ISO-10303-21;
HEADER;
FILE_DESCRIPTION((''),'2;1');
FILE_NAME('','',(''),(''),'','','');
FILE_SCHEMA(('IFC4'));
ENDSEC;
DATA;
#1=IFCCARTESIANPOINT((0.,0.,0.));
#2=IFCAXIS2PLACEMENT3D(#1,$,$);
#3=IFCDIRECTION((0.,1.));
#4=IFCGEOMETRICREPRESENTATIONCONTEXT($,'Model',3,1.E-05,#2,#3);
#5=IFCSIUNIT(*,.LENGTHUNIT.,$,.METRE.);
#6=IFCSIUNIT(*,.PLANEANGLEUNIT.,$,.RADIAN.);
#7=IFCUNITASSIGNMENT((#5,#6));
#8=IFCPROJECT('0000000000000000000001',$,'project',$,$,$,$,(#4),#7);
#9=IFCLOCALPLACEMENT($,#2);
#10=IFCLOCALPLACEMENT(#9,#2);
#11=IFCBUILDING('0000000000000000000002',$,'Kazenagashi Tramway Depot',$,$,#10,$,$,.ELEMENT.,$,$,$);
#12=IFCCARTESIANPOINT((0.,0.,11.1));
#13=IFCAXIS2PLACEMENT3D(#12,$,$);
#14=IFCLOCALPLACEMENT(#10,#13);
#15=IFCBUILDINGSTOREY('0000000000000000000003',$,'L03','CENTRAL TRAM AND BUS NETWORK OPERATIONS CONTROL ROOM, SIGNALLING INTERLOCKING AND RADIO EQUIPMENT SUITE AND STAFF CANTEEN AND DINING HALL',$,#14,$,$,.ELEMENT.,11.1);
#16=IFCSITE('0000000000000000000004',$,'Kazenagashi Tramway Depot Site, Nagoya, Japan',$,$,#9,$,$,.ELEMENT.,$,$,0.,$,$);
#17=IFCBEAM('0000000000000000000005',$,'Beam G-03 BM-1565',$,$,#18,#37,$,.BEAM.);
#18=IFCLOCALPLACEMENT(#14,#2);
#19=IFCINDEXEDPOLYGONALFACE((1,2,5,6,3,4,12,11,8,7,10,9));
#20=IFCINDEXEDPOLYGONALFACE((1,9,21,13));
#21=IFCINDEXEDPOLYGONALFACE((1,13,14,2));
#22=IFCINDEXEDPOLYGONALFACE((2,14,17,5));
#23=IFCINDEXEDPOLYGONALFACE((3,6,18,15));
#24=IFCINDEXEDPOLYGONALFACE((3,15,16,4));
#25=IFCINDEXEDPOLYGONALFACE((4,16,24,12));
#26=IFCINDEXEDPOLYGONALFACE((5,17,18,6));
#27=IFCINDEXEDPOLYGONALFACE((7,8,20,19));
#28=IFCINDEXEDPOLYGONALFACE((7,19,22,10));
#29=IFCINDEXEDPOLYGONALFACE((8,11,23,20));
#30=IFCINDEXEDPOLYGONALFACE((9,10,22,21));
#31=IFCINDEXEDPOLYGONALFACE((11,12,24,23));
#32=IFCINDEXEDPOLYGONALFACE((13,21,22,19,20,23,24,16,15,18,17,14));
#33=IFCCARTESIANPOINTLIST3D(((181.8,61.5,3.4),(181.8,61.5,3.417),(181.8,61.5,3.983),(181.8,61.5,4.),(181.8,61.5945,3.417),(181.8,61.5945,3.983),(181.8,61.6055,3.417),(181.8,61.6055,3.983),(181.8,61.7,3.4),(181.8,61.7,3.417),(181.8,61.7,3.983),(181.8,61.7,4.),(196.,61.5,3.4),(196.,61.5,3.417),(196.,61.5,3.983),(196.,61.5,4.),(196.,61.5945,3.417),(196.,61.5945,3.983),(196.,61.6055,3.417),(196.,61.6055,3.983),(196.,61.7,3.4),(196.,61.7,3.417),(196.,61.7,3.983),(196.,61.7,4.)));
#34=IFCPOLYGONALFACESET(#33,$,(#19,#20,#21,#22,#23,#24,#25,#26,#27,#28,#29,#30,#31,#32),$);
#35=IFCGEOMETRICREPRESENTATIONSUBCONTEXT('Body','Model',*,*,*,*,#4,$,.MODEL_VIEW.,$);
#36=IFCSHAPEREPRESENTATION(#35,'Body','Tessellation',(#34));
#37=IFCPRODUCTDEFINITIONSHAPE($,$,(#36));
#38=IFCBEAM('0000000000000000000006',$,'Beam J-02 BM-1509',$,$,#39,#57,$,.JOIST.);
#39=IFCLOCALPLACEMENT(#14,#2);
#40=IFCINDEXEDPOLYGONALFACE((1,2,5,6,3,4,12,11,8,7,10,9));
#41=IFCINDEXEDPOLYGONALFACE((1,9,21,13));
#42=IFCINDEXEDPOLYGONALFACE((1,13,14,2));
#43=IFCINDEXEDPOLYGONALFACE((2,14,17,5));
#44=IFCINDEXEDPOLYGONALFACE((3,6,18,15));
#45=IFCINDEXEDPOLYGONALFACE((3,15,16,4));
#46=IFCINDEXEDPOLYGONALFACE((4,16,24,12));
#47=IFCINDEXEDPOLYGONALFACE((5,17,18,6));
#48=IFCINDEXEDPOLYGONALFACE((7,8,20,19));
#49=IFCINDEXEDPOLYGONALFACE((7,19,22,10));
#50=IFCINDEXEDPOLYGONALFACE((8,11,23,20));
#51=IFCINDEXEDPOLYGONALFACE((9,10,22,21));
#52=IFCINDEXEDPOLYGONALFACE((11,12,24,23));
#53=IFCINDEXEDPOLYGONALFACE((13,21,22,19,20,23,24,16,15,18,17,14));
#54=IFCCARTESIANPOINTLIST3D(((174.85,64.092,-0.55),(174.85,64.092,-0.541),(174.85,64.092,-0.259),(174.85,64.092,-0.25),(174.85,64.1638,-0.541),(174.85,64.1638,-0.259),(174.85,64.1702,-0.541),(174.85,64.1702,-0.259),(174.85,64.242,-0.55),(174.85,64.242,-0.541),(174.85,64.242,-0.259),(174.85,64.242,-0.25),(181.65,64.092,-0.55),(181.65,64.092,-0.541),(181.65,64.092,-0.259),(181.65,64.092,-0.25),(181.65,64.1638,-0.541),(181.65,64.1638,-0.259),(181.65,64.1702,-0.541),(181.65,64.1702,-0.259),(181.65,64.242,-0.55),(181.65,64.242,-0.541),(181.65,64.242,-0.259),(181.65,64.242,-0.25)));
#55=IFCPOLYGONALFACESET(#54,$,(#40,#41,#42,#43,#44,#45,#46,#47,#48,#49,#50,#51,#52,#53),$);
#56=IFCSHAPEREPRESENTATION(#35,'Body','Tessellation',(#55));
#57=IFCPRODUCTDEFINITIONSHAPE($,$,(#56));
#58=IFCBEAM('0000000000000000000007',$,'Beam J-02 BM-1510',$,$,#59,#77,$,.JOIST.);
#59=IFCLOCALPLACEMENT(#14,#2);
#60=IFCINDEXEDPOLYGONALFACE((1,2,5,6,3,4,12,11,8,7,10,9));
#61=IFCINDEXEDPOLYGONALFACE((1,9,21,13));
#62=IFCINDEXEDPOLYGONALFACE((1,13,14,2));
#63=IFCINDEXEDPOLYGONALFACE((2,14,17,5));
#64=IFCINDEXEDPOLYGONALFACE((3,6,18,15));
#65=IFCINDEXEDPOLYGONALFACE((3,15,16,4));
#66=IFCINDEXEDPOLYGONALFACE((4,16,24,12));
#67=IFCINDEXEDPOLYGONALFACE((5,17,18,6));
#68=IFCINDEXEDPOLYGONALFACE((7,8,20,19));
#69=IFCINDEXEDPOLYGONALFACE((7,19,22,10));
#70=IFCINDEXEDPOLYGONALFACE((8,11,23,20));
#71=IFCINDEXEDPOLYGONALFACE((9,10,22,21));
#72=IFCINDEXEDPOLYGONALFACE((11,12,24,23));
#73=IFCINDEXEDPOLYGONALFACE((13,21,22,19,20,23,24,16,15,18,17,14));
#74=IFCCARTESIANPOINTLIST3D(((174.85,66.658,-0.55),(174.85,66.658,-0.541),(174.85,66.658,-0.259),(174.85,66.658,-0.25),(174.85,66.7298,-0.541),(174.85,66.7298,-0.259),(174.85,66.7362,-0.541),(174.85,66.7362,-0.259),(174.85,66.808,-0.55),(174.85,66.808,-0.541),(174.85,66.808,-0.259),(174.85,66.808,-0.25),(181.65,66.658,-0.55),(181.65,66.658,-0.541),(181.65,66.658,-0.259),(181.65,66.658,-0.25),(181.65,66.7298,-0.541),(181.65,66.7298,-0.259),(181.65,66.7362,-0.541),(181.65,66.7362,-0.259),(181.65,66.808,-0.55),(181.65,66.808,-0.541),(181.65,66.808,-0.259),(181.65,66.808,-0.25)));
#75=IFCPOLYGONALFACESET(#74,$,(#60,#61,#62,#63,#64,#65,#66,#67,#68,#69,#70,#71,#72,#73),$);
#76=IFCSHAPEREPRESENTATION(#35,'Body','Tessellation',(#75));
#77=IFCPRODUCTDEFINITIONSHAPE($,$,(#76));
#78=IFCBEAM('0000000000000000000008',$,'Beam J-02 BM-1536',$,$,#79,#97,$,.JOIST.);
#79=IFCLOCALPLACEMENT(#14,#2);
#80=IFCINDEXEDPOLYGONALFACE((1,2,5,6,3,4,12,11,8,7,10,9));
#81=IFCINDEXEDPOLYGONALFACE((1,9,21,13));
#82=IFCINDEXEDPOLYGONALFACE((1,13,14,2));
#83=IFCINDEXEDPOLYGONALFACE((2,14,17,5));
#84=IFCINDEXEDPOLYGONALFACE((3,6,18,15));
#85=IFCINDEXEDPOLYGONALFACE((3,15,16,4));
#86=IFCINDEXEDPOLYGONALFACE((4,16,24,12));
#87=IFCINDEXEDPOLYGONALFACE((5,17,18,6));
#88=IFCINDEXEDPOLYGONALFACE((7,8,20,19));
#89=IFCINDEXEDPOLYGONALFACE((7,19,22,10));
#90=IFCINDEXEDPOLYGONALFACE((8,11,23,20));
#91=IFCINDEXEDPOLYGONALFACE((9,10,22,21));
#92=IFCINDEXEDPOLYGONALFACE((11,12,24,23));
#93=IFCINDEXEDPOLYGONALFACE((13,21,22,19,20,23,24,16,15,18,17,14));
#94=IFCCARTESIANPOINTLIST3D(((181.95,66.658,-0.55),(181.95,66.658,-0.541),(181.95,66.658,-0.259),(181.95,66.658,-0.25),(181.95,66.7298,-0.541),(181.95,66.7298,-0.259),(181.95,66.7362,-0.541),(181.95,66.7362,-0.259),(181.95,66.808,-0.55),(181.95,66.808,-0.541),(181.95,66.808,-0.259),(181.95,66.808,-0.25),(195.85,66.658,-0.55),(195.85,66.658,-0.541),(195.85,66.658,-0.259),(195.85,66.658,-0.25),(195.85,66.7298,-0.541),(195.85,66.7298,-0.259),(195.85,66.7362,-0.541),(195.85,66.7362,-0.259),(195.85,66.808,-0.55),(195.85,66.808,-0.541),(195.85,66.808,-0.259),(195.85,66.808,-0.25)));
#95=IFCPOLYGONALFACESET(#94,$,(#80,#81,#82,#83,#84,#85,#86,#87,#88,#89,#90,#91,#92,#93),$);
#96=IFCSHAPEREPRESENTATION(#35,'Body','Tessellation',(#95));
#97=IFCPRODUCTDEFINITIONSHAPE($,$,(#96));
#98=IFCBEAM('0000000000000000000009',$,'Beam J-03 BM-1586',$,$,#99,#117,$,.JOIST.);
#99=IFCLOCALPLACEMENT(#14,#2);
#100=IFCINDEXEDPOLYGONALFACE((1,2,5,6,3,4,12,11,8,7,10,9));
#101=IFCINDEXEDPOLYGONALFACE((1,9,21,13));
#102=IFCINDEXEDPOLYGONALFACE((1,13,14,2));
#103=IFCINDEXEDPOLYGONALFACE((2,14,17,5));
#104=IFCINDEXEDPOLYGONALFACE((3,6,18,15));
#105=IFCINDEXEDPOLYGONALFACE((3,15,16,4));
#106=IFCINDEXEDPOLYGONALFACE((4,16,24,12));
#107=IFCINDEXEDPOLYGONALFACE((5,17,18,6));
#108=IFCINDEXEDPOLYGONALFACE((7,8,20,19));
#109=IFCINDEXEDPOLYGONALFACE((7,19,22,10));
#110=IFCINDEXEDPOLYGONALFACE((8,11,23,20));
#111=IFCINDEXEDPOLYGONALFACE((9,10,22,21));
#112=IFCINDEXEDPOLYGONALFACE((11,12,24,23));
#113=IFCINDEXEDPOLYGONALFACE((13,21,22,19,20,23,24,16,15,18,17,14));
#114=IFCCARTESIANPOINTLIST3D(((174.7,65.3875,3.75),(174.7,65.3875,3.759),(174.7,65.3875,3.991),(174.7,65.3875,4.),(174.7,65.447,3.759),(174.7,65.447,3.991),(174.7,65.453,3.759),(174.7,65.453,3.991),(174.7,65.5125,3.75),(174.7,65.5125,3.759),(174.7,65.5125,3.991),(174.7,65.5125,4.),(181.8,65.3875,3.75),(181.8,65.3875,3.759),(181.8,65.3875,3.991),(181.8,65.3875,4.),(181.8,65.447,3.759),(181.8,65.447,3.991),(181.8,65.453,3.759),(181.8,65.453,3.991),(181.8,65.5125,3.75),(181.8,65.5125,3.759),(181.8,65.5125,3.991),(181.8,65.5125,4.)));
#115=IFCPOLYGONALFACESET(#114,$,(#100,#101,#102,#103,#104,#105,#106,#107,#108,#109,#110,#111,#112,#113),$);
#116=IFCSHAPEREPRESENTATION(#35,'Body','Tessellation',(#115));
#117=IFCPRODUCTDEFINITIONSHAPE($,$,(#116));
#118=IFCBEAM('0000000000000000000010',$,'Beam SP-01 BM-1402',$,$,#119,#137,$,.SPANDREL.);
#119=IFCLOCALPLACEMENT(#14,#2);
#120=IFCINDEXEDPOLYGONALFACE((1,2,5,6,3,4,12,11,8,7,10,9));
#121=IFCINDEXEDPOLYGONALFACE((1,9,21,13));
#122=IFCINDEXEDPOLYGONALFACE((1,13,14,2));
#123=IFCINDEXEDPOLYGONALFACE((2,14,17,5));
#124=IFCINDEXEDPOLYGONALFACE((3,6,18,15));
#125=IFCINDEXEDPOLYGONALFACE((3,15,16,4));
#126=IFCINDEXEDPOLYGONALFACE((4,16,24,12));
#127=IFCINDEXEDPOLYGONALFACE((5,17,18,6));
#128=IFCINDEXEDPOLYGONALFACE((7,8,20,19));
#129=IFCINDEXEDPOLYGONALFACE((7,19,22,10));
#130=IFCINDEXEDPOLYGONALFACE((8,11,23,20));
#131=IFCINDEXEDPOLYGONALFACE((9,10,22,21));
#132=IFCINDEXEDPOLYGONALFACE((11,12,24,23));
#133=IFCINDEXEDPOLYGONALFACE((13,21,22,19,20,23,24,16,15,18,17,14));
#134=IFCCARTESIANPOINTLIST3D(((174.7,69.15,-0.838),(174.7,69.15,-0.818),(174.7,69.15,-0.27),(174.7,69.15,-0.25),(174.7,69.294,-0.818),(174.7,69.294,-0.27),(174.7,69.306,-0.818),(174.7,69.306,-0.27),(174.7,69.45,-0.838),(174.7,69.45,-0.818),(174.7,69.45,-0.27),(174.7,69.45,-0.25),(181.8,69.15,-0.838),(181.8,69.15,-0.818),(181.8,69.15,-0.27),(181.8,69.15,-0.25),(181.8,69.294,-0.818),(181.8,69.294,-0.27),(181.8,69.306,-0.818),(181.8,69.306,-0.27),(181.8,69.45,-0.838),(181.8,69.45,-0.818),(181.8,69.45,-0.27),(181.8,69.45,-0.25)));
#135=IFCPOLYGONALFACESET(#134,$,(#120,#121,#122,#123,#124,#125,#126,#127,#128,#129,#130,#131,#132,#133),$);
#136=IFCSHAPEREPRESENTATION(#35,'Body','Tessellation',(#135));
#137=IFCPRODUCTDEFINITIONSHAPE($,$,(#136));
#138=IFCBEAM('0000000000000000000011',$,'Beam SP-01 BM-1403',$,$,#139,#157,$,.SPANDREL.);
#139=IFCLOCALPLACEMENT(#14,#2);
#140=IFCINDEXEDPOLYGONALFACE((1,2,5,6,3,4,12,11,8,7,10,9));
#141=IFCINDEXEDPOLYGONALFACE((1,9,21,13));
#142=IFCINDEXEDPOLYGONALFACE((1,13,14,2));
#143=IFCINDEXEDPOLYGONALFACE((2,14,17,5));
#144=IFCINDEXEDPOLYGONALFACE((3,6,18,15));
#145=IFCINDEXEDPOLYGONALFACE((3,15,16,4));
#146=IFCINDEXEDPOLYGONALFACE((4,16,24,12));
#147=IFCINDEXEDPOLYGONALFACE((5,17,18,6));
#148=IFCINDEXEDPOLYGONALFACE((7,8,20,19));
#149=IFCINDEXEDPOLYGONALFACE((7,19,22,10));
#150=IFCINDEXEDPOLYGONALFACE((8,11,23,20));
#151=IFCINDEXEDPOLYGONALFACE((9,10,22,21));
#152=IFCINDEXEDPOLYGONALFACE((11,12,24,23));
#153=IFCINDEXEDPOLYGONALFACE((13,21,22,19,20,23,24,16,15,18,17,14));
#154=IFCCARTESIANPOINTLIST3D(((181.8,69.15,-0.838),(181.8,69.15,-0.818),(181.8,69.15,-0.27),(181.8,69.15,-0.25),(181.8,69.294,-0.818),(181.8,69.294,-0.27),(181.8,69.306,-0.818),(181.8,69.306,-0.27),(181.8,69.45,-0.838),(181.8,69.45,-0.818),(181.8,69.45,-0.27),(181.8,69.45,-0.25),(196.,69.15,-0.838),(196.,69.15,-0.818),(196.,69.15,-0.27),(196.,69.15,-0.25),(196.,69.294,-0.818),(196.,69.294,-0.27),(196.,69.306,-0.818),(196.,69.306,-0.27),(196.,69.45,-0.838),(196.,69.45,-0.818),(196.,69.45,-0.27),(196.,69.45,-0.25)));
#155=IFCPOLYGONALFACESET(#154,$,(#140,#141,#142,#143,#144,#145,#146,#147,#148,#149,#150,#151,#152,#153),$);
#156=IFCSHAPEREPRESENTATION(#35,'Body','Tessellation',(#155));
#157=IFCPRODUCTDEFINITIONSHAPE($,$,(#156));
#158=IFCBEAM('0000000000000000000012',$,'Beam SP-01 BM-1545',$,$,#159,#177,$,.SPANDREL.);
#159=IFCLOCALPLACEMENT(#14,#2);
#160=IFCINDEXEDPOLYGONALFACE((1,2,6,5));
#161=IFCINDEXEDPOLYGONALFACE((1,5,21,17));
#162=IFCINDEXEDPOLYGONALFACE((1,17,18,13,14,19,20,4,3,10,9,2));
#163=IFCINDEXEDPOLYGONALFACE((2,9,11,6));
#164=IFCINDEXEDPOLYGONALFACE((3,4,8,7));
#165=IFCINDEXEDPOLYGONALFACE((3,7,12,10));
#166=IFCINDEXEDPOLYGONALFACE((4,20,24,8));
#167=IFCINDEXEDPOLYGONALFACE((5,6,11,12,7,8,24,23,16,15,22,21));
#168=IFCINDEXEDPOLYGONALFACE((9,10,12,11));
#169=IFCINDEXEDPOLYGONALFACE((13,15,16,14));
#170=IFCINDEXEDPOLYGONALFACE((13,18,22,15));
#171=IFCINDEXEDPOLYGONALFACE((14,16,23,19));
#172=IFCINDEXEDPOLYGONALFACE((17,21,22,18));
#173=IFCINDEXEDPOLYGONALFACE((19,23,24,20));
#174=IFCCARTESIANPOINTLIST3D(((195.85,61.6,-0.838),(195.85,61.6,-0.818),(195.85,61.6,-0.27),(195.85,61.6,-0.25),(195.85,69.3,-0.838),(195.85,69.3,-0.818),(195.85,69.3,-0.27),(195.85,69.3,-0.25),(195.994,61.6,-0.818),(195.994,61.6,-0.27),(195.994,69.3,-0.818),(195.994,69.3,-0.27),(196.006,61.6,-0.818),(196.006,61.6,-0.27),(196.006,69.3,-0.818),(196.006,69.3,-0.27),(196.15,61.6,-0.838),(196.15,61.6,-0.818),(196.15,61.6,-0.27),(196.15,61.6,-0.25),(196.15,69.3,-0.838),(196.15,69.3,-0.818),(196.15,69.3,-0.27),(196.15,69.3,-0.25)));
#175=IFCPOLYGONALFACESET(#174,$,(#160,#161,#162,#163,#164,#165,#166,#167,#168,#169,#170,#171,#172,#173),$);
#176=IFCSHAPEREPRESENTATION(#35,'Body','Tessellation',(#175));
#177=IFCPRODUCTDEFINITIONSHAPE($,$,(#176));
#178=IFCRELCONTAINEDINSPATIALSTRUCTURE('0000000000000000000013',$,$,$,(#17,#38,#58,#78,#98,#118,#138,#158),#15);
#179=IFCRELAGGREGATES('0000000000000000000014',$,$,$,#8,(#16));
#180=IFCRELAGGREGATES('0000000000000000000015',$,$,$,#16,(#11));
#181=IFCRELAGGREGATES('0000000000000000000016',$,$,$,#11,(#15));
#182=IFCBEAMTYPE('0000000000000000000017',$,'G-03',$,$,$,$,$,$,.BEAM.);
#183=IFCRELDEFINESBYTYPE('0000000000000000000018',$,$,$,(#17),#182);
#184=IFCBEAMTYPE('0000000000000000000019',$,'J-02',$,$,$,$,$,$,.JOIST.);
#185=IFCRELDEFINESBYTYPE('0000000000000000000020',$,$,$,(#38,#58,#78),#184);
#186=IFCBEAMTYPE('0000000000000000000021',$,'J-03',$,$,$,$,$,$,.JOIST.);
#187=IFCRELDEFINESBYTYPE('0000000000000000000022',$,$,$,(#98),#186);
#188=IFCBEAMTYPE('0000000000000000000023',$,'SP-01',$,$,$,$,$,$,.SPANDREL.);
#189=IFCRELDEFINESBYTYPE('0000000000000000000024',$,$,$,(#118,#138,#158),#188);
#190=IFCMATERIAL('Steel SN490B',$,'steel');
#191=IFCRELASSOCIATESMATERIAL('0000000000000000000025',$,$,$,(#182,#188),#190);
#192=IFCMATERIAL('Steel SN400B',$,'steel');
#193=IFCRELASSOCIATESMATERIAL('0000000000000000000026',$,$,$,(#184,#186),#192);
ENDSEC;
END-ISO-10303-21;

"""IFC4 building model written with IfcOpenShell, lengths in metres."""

from ifc_helpers import new_model, si_unit, direction, frame, origin, origin_2d, place, context, subcontext, project, spatial, i_section, extrude, material, material_profile, profile_set, type_object, element, save


model = new_model("IFC4")

# Units and contexts
model_context = context("Model", 3, precision=1e-05, world=origin(), true_north=direction((0.0, 1.0)))
body_context = subcontext(model_context, "Body", "Model", "MODEL_VIEW")
ifc_project = project(units=[si_unit("LENGTHUNIT", "METRE"), si_unit("PLANEANGLEUNIT", "RADIAN")], contexts=[model_context])

# Site, building, storey
site_placement = place(None, origin())
site = spatial("IfcSite", under=ifc_project, at=site_placement, Name="Kazenagashi Tramway Depot Site, Nagoya, Japan", CompositionType="ELEMENT", RefElevation=0.0)
building_placement = place(site_placement, origin())
building = spatial("IfcBuilding", under=site, at=building_placement, Name="Kazenagashi Tramway Depot", CompositionType="ELEMENT")
storey_placement = place(building_placement, frame((0.0, 0.0, 11.1)))
storey = spatial("IfcBuildingStorey", under=building, at=storey_placement, Name="L03", Description="CENTRAL TRAM AND BUS NETWORK OPERATIONS CONTROL ROOM, SIGNALLING INTERLOCKING AND RADIO EQUIPMENT SUITE AND STAFF CANTEEN AND DINING HALL", CompositionType="ELEMENT", Elevation=11.1)

# Shared definitions
ifc_material_1 = material(Name="Steel SN490B", Category="steel")

# Beams
ifc_material_profile_1 = material_profile(ifc_material_1, i_section(OverallWidth=0.2, OverallDepth=0.6, WebThickness=0.011, FlangeThickness=0.017, at=origin_2d()), Name="H-600x200x11x17")
ifc_profile_set_1 = profile_set([ifc_material_profile_1], Name="Steel SN490B")
beam_type_1 = type_object("IfcBeamType", Name="G-03", PredefinedType="BEAM", material=ifc_profile_set_1)
beam_1_placement = place(storey_placement, frame((181.8, 61.6, 3.7), z_axis=(1.0, 0.0, 0.0), x_axis=(0.0, 1.0, 0.0)))
element("IfcBeam", 1, at=beam_1_placement, inside=storey, type_object=beam_type_1, Name="Beam G-03 BM-1565", PredefinedType="BEAM", context=body_context, shape_type="SweptSolid", body=[
    extrude(i_section(OverallWidth=0.2, OverallDepth=0.6, WebThickness=0.011, FlangeThickness=0.017, at=origin_2d()), origin(), (0.0, 0.0, 1.0), 14.2),
])
ifc_material_2 = material(Name="Steel SN400B", Category="steel")
ifc_material_profile_2 = material_profile(ifc_material_2, i_section(OverallWidth=0.15, OverallDepth=0.3, WebThickness=0.0065, FlangeThickness=0.009, at=origin_2d()), Name="H-300x150x6.5x9")
ifc_profile_set_2 = profile_set([ifc_material_profile_2], Name="Steel SN400B")
beam_type_2 = type_object("IfcBeamType", Name="J-02", PredefinedType="JOIST", material=ifc_profile_set_2)
for number, where, z_axis, x_axis, name in (
    (2, (174.85, 64.167, -0.4), (1.0, 0.0, 0.0), (0.0, 1.0, 0.0), "Beam J-02 BM-1509"),
    (3, (174.85, 66.733, -0.4), (1.0, 0.0, 0.0), (0.0, 1.0, 0.0), "Beam J-02 BM-1510"),
):
    element("IfcBeam", number, at=place(storey_placement, frame(where, z_axis=z_axis, x_axis=x_axis)), inside=storey, type_object=beam_type_2, Name=name, PredefinedType="JOIST", context=body_context, shape_type="SweptSolid", body=[
        extrude(i_section(OverallWidth=0.15, OverallDepth=0.3, WebThickness=0.0065, FlangeThickness=0.009, at=origin_2d()), origin(), (0.0, 0.0, 1.0), 6.8),
    ])
beam_2_placement = place(storey_placement, frame((181.95, 66.733, -0.4), z_axis=(1.0, 0.0, 0.0), x_axis=(0.0, 1.0, 0.0)))
element("IfcBeam", 4, at=beam_2_placement, inside=storey, type_object=beam_type_2, Name="Beam J-02 BM-1536", PredefinedType="JOIST", context=body_context, shape_type="SweptSolid", body=[
    extrude(i_section(OverallWidth=0.15, OverallDepth=0.3, WebThickness=0.0065, FlangeThickness=0.009, at=origin_2d()), origin(), (0.0, 0.0, 1.0), 13.9),
])
ifc_material_profile_3 = material_profile(ifc_material_2, i_section(OverallWidth=0.125, OverallDepth=0.25, WebThickness=0.006, FlangeThickness=0.009, at=origin_2d()), Name="H-250x125x6x9")
ifc_profile_set_3 = profile_set([ifc_material_profile_3], Name="Steel SN400B")
beam_type_3 = type_object("IfcBeamType", Name="J-03", PredefinedType="JOIST", material=ifc_profile_set_3)
beam_3_placement = place(storey_placement, frame((174.7, 65.45, 3.875), z_axis=(1.0, 0.0, 0.0), x_axis=(0.0, 1.0, 0.0)))
element("IfcBeam", 5, at=beam_3_placement, inside=storey, type_object=beam_type_3, Name="Beam J-03 BM-1586", PredefinedType="JOIST", context=body_context, shape_type="SweptSolid", body=[
    extrude(i_section(OverallWidth=0.125, OverallDepth=0.25, WebThickness=0.006, FlangeThickness=0.009, at=origin_2d()), origin(), (0.0, 0.0, 1.0), 7.1),
])
ifc_material_profile_4 = material_profile(ifc_material_1, i_section(OverallWidth=0.3, OverallDepth=0.588, WebThickness=0.012, FlangeThickness=0.02, at=origin_2d()), Name="H-588x300x12x20")
ifc_profile_set_4 = profile_set([ifc_material_profile_4], Name="Steel SN490B")
beam_type_4 = type_object("IfcBeamType", Name="SP-01", PredefinedType="SPANDREL", material=ifc_profile_set_4)
beam_4_placement = place(storey_placement, frame((174.7, 69.3, -0.544), z_axis=(1.0, 0.0, 0.0), x_axis=(0.0, 1.0, 0.0)))
element("IfcBeam", 6, at=beam_4_placement, inside=storey, type_object=beam_type_4, Name="Beam SP-01 BM-1402", PredefinedType="SPANDREL", context=body_context, shape_type="SweptSolid", body=[
    extrude(i_section(OverallWidth=0.3, OverallDepth=0.588, WebThickness=0.012, FlangeThickness=0.02, at=origin_2d()), origin(), (0.0, 0.0, 1.0), 7.1),
])
beam_5_placement = place(storey_placement, frame((181.8, 69.3, -0.544), z_axis=(1.0, 0.0, 0.0), x_axis=(0.0, 1.0, 0.0)))
element("IfcBeam", 7, at=beam_5_placement, inside=storey, type_object=beam_type_4, Name="Beam SP-01 BM-1403", PredefinedType="SPANDREL", context=body_context, shape_type="SweptSolid", body=[
    extrude(i_section(OverallWidth=0.3, OverallDepth=0.588, WebThickness=0.012, FlangeThickness=0.02, at=origin_2d()), origin(), (0.0, 0.0, 1.0), 14.2),
])
beam_6_placement = place(storey_placement, frame((196.0, 61.6, -0.544), z_axis=(0.0, 1.0, 0.0), x_axis=(-1.0, 0.0, 0.0)))
element("IfcBeam", 8, at=beam_6_placement, inside=storey, type_object=beam_type_4, Name="Beam SP-01 BM-1545", PredefinedType="SPANDREL", context=body_context, shape_type="SweptSolid", body=[
    extrude(i_section(OverallWidth=0.3, OverallDepth=0.588, WebThickness=0.012, FlangeThickness=0.02, at=origin_2d()), origin(), (0.0, 0.0, 1.0), 7.7),
])

save(model, "model.ifc")
